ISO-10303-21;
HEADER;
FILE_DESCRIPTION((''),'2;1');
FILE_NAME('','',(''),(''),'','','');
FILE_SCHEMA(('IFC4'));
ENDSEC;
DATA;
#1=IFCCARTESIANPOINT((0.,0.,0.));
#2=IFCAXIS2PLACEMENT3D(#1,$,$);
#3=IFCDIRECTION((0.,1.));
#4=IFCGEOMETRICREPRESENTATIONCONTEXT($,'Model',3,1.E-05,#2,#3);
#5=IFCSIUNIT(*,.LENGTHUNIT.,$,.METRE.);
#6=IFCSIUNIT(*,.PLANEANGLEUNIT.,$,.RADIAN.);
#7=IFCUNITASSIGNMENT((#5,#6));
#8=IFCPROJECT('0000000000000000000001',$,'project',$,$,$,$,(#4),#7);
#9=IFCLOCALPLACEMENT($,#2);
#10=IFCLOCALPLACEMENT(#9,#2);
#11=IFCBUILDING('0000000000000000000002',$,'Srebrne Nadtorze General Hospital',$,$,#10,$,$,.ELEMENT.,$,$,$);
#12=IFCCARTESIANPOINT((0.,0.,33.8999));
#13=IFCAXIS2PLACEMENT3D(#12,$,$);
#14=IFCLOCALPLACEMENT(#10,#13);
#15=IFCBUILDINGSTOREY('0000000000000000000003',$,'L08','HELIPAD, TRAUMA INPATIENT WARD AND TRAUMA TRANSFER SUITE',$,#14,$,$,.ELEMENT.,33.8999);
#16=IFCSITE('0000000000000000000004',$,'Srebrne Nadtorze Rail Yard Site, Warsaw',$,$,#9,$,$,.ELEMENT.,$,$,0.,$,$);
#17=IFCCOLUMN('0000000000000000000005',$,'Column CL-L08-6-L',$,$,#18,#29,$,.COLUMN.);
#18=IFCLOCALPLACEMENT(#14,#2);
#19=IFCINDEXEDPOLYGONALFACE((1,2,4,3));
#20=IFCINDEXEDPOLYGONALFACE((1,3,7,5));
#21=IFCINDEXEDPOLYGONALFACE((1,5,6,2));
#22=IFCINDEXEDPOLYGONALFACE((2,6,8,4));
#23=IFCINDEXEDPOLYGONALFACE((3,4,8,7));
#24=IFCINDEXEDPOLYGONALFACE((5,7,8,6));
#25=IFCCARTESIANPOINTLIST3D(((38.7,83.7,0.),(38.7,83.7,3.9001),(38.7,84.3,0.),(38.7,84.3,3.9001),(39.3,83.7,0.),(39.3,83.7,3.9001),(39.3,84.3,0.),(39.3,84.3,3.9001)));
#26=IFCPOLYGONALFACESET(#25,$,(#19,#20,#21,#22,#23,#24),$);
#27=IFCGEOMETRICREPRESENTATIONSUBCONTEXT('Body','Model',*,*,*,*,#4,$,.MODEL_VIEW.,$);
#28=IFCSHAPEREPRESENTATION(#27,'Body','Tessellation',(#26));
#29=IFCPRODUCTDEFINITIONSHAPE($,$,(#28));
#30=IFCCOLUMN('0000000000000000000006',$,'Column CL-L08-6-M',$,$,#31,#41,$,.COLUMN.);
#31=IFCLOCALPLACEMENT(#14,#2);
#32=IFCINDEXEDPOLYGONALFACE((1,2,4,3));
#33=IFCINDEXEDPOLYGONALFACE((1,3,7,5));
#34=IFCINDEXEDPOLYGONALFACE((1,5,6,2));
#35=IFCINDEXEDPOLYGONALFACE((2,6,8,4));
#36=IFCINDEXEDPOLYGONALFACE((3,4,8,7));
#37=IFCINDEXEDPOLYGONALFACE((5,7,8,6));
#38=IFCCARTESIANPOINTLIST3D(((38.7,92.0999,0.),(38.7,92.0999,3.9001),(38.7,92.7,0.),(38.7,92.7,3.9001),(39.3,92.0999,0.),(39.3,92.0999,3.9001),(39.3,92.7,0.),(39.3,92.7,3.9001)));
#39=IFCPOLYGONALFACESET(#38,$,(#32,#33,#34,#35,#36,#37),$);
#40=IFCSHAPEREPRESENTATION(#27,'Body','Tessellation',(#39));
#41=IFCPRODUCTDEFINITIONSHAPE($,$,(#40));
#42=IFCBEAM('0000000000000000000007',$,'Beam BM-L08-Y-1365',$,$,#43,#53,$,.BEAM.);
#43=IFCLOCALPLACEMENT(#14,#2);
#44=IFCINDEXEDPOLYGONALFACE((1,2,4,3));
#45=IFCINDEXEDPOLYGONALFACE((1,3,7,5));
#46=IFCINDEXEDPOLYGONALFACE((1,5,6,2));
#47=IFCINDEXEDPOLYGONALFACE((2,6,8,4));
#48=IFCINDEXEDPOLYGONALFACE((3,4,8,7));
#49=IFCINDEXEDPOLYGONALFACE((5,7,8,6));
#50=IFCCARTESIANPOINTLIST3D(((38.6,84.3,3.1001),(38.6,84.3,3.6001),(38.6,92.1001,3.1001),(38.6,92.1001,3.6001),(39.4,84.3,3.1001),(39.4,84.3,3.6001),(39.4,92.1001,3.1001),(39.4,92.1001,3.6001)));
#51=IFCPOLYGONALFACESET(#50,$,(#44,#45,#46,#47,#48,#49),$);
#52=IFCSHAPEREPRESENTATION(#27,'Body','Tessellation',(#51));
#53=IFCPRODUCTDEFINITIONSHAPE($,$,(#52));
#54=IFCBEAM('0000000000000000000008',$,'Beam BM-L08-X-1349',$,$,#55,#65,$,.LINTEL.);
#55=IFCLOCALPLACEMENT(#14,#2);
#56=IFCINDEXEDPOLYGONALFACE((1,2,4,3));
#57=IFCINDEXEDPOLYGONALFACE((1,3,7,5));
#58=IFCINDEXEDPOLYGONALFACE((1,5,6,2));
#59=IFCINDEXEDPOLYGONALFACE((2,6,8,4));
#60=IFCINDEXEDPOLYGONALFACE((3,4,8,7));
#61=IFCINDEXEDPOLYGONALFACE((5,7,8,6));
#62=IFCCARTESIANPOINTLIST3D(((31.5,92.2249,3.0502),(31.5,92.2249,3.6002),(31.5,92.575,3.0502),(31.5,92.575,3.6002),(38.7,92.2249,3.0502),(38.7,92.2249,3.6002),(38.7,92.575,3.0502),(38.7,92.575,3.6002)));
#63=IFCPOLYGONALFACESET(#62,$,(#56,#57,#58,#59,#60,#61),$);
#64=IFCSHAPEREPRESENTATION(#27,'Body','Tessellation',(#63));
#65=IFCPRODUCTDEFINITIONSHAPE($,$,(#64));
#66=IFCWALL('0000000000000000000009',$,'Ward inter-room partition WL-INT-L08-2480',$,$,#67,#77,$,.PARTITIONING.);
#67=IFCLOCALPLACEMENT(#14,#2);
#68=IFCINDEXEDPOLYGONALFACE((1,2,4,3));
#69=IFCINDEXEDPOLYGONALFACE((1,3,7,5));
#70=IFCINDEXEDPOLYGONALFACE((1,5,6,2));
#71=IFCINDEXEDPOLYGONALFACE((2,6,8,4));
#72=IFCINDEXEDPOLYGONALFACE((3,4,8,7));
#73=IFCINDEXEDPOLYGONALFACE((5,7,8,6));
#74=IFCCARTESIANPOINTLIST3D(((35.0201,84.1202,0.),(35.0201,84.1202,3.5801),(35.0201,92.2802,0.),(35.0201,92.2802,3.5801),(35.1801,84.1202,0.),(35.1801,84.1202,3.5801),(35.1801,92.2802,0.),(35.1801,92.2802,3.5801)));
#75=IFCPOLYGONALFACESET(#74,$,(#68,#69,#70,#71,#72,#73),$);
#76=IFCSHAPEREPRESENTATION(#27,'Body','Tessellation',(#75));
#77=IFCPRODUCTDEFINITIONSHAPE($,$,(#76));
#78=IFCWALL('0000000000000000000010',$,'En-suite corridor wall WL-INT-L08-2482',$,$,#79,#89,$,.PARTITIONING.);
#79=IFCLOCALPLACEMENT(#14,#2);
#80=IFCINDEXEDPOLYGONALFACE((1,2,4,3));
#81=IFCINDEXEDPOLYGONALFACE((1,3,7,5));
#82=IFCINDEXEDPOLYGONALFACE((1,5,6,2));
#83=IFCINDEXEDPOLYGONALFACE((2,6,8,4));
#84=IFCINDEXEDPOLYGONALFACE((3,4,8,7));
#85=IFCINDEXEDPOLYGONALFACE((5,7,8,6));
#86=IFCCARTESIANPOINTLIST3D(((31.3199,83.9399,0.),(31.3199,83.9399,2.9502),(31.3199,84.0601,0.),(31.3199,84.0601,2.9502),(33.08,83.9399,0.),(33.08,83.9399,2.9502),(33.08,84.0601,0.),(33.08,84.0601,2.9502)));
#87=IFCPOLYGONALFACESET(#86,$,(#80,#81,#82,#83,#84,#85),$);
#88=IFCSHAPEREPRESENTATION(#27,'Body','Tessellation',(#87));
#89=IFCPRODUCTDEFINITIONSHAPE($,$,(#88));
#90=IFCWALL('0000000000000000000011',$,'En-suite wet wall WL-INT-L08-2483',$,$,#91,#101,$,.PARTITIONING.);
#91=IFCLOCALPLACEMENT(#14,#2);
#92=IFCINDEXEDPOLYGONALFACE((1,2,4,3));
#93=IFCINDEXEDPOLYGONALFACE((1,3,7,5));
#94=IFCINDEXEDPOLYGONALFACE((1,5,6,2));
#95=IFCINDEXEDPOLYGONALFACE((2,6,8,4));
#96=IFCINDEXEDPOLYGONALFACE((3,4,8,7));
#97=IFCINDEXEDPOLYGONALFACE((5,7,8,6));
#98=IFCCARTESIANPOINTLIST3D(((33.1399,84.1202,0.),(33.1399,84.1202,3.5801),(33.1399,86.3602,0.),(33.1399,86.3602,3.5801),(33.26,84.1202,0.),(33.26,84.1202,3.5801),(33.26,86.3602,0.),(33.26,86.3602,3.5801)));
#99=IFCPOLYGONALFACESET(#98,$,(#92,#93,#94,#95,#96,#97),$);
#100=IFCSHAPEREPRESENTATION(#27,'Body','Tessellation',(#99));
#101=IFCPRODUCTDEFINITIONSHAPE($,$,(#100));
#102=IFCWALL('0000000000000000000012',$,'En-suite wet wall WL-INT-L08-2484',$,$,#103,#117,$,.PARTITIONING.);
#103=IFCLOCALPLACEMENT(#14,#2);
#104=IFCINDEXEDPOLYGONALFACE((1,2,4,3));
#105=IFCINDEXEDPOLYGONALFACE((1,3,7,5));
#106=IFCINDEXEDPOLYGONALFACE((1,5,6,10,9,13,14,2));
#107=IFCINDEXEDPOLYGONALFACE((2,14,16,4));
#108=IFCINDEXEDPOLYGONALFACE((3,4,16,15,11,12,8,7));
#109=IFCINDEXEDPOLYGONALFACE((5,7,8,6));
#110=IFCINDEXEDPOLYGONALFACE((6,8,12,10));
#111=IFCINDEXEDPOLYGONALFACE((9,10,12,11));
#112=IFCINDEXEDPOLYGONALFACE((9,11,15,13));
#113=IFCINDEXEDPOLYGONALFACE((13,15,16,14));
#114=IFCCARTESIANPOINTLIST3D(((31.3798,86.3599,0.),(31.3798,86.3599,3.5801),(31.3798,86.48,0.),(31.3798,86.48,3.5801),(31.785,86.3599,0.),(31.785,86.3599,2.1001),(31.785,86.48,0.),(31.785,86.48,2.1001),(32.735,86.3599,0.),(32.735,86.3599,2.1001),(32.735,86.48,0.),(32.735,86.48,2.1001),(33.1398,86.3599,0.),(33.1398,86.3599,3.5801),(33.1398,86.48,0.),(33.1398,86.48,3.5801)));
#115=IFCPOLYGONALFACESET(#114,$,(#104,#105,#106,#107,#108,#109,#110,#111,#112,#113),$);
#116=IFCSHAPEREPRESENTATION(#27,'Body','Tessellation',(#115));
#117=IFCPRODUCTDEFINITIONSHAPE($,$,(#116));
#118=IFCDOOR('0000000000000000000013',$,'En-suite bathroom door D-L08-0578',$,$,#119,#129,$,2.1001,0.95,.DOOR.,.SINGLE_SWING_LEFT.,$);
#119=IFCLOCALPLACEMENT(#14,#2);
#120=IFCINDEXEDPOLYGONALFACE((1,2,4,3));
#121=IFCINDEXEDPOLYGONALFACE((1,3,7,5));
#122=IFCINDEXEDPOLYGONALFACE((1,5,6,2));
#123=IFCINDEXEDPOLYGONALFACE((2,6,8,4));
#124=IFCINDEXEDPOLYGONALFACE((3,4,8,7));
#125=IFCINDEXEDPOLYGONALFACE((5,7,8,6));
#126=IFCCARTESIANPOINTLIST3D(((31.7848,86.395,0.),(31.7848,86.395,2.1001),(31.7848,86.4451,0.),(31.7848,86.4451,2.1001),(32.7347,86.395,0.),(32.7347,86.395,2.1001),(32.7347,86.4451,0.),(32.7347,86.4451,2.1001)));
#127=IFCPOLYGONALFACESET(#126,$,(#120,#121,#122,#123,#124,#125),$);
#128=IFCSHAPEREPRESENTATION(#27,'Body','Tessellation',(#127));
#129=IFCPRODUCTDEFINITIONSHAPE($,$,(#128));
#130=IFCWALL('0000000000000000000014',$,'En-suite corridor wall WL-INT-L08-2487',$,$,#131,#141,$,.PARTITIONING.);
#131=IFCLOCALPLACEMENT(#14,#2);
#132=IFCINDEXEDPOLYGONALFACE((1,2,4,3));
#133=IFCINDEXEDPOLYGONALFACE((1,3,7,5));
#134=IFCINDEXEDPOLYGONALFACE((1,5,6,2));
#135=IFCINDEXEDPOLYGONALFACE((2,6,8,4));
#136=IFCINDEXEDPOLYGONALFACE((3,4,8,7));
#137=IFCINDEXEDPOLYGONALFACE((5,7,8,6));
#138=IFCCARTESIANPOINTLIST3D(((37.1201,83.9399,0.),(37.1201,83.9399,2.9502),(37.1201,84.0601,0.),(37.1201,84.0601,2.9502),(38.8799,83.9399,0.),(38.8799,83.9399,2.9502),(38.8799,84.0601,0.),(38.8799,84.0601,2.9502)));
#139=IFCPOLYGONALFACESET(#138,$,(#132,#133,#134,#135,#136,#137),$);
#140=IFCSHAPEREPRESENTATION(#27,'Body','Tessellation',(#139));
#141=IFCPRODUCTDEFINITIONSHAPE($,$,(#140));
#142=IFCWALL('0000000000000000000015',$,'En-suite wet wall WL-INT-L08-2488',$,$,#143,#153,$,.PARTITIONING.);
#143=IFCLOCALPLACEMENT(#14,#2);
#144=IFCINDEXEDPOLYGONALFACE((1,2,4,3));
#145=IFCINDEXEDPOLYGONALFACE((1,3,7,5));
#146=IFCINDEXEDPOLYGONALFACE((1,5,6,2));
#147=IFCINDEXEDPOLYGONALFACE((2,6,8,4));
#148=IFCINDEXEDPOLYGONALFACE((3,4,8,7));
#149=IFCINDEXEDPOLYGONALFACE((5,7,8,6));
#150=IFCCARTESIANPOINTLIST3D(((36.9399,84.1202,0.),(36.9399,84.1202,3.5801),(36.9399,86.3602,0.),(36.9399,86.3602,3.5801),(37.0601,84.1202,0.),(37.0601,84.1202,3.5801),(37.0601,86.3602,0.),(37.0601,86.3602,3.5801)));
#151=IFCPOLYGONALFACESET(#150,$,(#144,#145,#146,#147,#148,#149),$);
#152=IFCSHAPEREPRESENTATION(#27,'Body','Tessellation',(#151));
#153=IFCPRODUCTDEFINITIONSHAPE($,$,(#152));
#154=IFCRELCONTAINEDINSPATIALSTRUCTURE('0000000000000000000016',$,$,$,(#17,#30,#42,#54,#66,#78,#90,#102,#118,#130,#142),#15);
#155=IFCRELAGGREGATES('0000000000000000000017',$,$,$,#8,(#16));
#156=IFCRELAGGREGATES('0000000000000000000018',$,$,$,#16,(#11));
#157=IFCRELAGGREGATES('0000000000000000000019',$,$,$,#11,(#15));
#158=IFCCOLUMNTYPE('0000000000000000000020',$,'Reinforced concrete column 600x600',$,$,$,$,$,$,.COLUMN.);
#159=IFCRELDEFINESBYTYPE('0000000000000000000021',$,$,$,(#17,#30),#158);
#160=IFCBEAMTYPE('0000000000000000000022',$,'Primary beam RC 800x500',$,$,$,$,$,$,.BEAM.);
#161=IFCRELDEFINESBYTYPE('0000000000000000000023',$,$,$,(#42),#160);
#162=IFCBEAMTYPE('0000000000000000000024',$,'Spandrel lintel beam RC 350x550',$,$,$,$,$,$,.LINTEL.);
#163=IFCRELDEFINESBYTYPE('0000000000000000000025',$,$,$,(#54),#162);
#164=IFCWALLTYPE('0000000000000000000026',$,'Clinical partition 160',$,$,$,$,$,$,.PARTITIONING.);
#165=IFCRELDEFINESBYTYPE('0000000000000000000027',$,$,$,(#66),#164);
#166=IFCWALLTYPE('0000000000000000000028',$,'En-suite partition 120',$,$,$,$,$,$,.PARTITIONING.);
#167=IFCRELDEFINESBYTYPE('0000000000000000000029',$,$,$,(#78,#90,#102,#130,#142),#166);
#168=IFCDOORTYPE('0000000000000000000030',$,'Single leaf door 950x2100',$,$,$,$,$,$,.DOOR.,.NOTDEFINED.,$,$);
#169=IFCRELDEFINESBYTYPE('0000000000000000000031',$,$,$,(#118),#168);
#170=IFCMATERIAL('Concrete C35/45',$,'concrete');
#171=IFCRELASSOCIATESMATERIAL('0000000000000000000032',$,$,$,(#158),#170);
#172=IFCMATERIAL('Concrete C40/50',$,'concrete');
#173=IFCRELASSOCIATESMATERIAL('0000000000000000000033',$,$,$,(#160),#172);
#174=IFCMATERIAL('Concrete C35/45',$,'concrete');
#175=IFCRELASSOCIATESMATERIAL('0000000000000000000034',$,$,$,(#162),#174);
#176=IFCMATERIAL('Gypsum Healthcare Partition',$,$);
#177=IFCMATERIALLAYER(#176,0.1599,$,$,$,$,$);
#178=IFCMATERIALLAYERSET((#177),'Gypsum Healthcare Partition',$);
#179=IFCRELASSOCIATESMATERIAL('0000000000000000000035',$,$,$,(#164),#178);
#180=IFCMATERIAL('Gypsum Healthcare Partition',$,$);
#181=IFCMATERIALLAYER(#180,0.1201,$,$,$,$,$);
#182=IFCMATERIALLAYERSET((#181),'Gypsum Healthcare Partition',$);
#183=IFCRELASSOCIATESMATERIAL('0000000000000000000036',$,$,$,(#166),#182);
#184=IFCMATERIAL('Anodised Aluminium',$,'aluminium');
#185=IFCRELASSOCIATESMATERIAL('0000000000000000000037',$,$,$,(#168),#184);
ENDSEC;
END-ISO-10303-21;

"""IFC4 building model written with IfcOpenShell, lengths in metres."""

from ifc_helpers import new_model, si_unit, direction, frame, frame_2d, origin, origin_2d, place, context, subcontext, project, spatial, rectangle, extrude, material, layer, layer_set, material_profile, profile_set, type_object, element, fill, save


model = new_model("IFC4")

# Units and contexts
model_context = context("Model", 3, precision=1e-05, world=origin(), true_north=direction((0.0, 1.0)))
body_context = subcontext(model_context, "Body", "Model", "MODEL_VIEW")
ifc_project = project(units=[si_unit("LENGTHUNIT", "METRE"), si_unit("PLANEANGLEUNIT", "RADIAN")], contexts=[model_context])

# Site, building, storey
site_placement = place(None, origin())
site = spatial("IfcSite", under=ifc_project, at=site_placement, Name="Srebrne Nadtorze Rail Yard Site, Warsaw", CompositionType="ELEMENT", RefElevation=0.0)
building_placement = place(site_placement, origin())
building = spatial("IfcBuilding", under=site, at=building_placement, Name="Srebrne Nadtorze General Hospital", CompositionType="ELEMENT")
storey_placement = place(building_placement, frame((0.0, 0.0, 33.8999)))
storey = spatial("IfcBuildingStorey", under=building, at=storey_placement, Name="L08", Description="HELIPAD, TRAUMA INPATIENT WARD AND TRAUMA TRANSFER SUITE", CompositionType="ELEMENT", Elevation=33.8999)

# Columns
ifc_material_1 = material(Name="Concrete C35/45", Category="concrete")
ifc_material_profile_1 = material_profile(ifc_material_1, rectangle(XDim=0.6001, YDim=0.6001, at=origin_2d()), Name="RC-COL-600x600")
ifc_profile_set_1 = profile_set([ifc_material_profile_1], Name="Concrete C35/45")
column_type = type_object("IfcColumnType", Name="Reinforced concrete column 600x600", PredefinedType="COLUMN", material=ifc_profile_set_1)
for number, where, z_axis, x_axis, name in (
    (1, (39.0, 84.0, 0.0), (0.0, 0.0, 1.0), (1.0, 0.0, 0.0), "Column CL-L08-6-L"),
    (2, (39.0, 92.3999, 0.0), (0.0, 0.0, 1.0), (1.0, 0.0, 0.0), "Column CL-L08-6-M"),
):
    element("IfcColumn", number, at=place(storey_placement, frame(where, z_axis=z_axis, x_axis=x_axis)), inside=storey, type_object=column_type, Name=name, PredefinedType="COLUMN", context=body_context, shape_type="SweptSolid", body=[
        extrude(rectangle(XDim=0.6001, YDim=0.6001, at=origin_2d()), origin(), (0.0, 0.0, 1.0), 3.9001),
    ])

# Beams
ifc_material_2 = material(Name="Concrete C40/50", Category="concrete")
ifc_material_profile_2 = material_profile(ifc_material_2, rectangle(XDim=0.8, YDim=0.5, at=origin_2d()), Name="RC-BM-800x500")
ifc_profile_set_2 = profile_set([ifc_material_profile_2], Name="Concrete C40/50")
beam_type_1 = type_object("IfcBeamType", Name="Primary beam RC 800x500", PredefinedType="BEAM", material=ifc_profile_set_2)
beam_1_placement = place(storey_placement, frame((39.0, 84.3, 3.3501), z_axis=(0.0, 1.0, 0.0), x_axis=(-1.0, 0.0, 0.0)))
element("IfcBeam", 3, at=beam_1_placement, inside=storey, type_object=beam_type_1, Name="Beam BM-L08-Y-1365", PredefinedType="BEAM", context=body_context, shape_type="SweptSolid", body=[
    extrude(rectangle(XDim=0.8, YDim=0.5, at=origin_2d()), origin(), (0.0, 0.0, 1.0), 7.8),
])
ifc_material_3 = material(Name="Concrete C35/45", Category="concrete")
ifc_material_profile_3 = material_profile(ifc_material_3, rectangle(XDim=0.3501, YDim=0.55, at=origin_2d()), Name="RC-BM-350x550")
ifc_profile_set_3 = profile_set([ifc_material_profile_3], Name="Concrete C35/45")
beam_type_2 = type_object("IfcBeamType", Name="Spandrel lintel beam RC 350x550", PredefinedType="LINTEL", material=ifc_profile_set_3)
beam_2_placement = place(storey_placement, frame((31.5, 92.3999, 3.3252), z_axis=(1.0, 0.0, 0.0), x_axis=(0.0, 1.0, 0.0)))
element("IfcBeam", 4, at=beam_2_placement, inside=storey, type_object=beam_type_2, Name="Beam BM-L08-X-1349", PredefinedType="LINTEL", context=body_context, shape_type="SweptSolid", body=[
    extrude(rectangle(XDim=0.3501, YDim=0.55, at=origin_2d()), origin(), (0.0, 0.0, 1.0), 7.2),
])

# Wall
ifc_material_4 = material(Name="Gypsum Healthcare Partition")
ifc_layer_1 = layer(ifc_material_4, 0.1599)
ifc_layer_set_1 = layer_set([ifc_layer_1], Name="Gypsum Healthcare Partition")
wall_type_1 = type_object("IfcWallType", Name="Clinical partition 160", PredefinedType="PARTITIONING", material=ifc_layer_set_1)
wall_1_placement = place(storey_placement, frame((35.1001, 84.1201, 0.0), z_axis=(0.0, 0.0, 1.0), x_axis=(0.0, 1.0, 0.0)))
element("IfcWall", 5, at=wall_1_placement, inside=storey, type_object=wall_type_1, Name="Ward inter-room partition WL-INT-L08-2480", PredefinedType="PARTITIONING", context=body_context, shape_type="SweptSolid", body=[
    extrude(rectangle(XDim=8.1599, YDim=0.1599, at=frame_2d((4.0801, 0.0))), origin(), (0.0, 0.0, 1.0), 3.5801),
])

# Walls
ifc_material_5 = material(Name="Gypsum Healthcare Partition")
ifc_layer_2 = layer(ifc_material_5, 0.1201)
ifc_layer_set_2 = layer_set([ifc_layer_2], Name="Gypsum Healthcare Partition")
wall_type_2 = type_object("IfcWallType", Name="En-suite partition 120", PredefinedType="PARTITIONING", material=ifc_layer_set_2)
wall_2_placement = place(storey_placement, frame((31.3201, 84.0, 0.0), z_axis=(0.0, 0.0, 1.0), x_axis=(1.0, 0.0, 0.0)))
element("IfcWall", 6, at=wall_2_placement, inside=storey, type_object=wall_type_2, Name="En-suite corridor wall WL-INT-L08-2482", PredefinedType="PARTITIONING", context=body_context, shape_type="SweptSolid", body=[
    extrude(rectangle(XDim=1.76, YDim=0.1201, at=frame_2d((0.8799, 0.0))), origin(), (0.0, 0.0, 1.0), 2.9502),
])
wall_3_placement = place(storey_placement, frame((33.2, 84.1201, 0.0), z_axis=(0.0, 0.0, 1.0), x_axis=(0.0, 1.0, 0.0)))
element("IfcWall", 7, at=wall_3_placement, inside=storey, type_object=wall_type_2, Name="En-suite wet wall WL-INT-L08-2483", PredefinedType="PARTITIONING", context=body_context, shape_type="SweptSolid", body=[
    extrude(rectangle(XDim=2.24, YDim=0.1201, at=frame_2d((1.1201, 0.0))), origin(), (0.0, 0.0, 1.0), 3.5801),
])

# Wall, opening, door
wall_4_placement = place(storey_placement, frame((31.3799, 86.4199, 0.0), z_axis=(0.0, 0.0, 1.0), x_axis=(1.0, 0.0, 0.0)))
wall_4 = element("IfcWall", 8, at=wall_4_placement, inside=storey, type_object=wall_type_2, Name="En-suite wet wall WL-INT-L08-2484", PredefinedType="PARTITIONING", context=body_context, shape_type="SweptSolid", body=[
    extrude(rectangle(XDim=1.76, YDim=0.1201, at=frame_2d((0.8799, 0.0))), origin(), (0.0, 0.0, 1.0), 3.5801),
])
opening_1_placement = place(wall_4_placement, frame((0.405, 0.0, 0.0)))
opening_1 = element("IfcOpeningElement", 9, at=opening_1_placement, cuts=wall_4, PredefinedType="OPENING", context=body_context, shape_type="SweptSolid", body=[
    extrude(rectangle(XDim=0.95, YDim=2.1001, at=frame_2d((0.4751, 1.05))), frame((0.0, 0.072, 0.0), z_axis=(0.0, -1.0, 0.0), x_axis=(1.0, 0.0, 0.0)), (0.0, 0.0, 1.0), 0.144),
])
ifc_material_6 = material(Name="Anodised Aluminium", Category="aluminium")
door_type_1 = type_object("IfcDoorType", Name="Single leaf door 950x2100", OperationType="NOTDEFINED", PredefinedType="DOOR", material=ifc_material_6)
door_1_placement = place(opening_1_placement, frame((0.95, 0.0, 0.0), z_axis=(0.0, 0.0, 1.0), x_axis=(-1.0, 0.0, 0.0)))
door_1 = element("IfcDoor", 10, at=door_1_placement, inside=storey, type_object=door_type_1, Name="En-suite bathroom door D-L08-0578", OperationType="SINGLE_SWING_LEFT", OverallHeight=2.1001, OverallWidth=0.95, PredefinedType="DOOR", context=body_context, shape_type="SweptSolid", body=[
    extrude(rectangle(XDim=0.95, YDim=2.1001, at=frame_2d((0.4751, 1.05))), frame((0.0, 0.0249, 0.0), z_axis=(0.0, -1.0, 0.0), x_axis=(1.0, 0.0, 0.0)), (0.0, 0.0, 1.0), 0.05),
])
fill(opening_1, door_1)

# Walls
wall_5_placement = place(storey_placement, frame((37.1201, 84.0, 0.0), z_axis=(0.0, 0.0, 1.0), x_axis=(1.0, 0.0, 0.0)))
element("IfcWall", 11, at=wall_5_placement, inside=storey, type_object=wall_type_2, Name="En-suite corridor wall WL-INT-L08-2487", PredefinedType="PARTITIONING", context=body_context, shape_type="SweptSolid", body=[
    extrude(rectangle(XDim=1.7598, YDim=0.1201, at=frame_2d((0.8799, 0.0))), origin(), (0.0, 0.0, 1.0), 2.9502),
])
wall_6_placement = place(storey_placement, frame((37.0, 84.1201, 0.0), z_axis=(0.0, 0.0, 1.0), x_axis=(0.0, 1.0, 0.0)))
element("IfcWall", 12, at=wall_6_placement, inside=storey, type_object=wall_type_2, Name="En-suite wet wall WL-INT-L08-2488", PredefinedType="PARTITIONING", context=body_context, shape_type="SweptSolid", body=[
    extrude(rectangle(XDim=2.24, YDim=0.1201, at=frame_2d((1.1201, 0.0))), origin(), (0.0, 0.0, 1.0), 3.5801),
])

save(model, "model.ifc")
